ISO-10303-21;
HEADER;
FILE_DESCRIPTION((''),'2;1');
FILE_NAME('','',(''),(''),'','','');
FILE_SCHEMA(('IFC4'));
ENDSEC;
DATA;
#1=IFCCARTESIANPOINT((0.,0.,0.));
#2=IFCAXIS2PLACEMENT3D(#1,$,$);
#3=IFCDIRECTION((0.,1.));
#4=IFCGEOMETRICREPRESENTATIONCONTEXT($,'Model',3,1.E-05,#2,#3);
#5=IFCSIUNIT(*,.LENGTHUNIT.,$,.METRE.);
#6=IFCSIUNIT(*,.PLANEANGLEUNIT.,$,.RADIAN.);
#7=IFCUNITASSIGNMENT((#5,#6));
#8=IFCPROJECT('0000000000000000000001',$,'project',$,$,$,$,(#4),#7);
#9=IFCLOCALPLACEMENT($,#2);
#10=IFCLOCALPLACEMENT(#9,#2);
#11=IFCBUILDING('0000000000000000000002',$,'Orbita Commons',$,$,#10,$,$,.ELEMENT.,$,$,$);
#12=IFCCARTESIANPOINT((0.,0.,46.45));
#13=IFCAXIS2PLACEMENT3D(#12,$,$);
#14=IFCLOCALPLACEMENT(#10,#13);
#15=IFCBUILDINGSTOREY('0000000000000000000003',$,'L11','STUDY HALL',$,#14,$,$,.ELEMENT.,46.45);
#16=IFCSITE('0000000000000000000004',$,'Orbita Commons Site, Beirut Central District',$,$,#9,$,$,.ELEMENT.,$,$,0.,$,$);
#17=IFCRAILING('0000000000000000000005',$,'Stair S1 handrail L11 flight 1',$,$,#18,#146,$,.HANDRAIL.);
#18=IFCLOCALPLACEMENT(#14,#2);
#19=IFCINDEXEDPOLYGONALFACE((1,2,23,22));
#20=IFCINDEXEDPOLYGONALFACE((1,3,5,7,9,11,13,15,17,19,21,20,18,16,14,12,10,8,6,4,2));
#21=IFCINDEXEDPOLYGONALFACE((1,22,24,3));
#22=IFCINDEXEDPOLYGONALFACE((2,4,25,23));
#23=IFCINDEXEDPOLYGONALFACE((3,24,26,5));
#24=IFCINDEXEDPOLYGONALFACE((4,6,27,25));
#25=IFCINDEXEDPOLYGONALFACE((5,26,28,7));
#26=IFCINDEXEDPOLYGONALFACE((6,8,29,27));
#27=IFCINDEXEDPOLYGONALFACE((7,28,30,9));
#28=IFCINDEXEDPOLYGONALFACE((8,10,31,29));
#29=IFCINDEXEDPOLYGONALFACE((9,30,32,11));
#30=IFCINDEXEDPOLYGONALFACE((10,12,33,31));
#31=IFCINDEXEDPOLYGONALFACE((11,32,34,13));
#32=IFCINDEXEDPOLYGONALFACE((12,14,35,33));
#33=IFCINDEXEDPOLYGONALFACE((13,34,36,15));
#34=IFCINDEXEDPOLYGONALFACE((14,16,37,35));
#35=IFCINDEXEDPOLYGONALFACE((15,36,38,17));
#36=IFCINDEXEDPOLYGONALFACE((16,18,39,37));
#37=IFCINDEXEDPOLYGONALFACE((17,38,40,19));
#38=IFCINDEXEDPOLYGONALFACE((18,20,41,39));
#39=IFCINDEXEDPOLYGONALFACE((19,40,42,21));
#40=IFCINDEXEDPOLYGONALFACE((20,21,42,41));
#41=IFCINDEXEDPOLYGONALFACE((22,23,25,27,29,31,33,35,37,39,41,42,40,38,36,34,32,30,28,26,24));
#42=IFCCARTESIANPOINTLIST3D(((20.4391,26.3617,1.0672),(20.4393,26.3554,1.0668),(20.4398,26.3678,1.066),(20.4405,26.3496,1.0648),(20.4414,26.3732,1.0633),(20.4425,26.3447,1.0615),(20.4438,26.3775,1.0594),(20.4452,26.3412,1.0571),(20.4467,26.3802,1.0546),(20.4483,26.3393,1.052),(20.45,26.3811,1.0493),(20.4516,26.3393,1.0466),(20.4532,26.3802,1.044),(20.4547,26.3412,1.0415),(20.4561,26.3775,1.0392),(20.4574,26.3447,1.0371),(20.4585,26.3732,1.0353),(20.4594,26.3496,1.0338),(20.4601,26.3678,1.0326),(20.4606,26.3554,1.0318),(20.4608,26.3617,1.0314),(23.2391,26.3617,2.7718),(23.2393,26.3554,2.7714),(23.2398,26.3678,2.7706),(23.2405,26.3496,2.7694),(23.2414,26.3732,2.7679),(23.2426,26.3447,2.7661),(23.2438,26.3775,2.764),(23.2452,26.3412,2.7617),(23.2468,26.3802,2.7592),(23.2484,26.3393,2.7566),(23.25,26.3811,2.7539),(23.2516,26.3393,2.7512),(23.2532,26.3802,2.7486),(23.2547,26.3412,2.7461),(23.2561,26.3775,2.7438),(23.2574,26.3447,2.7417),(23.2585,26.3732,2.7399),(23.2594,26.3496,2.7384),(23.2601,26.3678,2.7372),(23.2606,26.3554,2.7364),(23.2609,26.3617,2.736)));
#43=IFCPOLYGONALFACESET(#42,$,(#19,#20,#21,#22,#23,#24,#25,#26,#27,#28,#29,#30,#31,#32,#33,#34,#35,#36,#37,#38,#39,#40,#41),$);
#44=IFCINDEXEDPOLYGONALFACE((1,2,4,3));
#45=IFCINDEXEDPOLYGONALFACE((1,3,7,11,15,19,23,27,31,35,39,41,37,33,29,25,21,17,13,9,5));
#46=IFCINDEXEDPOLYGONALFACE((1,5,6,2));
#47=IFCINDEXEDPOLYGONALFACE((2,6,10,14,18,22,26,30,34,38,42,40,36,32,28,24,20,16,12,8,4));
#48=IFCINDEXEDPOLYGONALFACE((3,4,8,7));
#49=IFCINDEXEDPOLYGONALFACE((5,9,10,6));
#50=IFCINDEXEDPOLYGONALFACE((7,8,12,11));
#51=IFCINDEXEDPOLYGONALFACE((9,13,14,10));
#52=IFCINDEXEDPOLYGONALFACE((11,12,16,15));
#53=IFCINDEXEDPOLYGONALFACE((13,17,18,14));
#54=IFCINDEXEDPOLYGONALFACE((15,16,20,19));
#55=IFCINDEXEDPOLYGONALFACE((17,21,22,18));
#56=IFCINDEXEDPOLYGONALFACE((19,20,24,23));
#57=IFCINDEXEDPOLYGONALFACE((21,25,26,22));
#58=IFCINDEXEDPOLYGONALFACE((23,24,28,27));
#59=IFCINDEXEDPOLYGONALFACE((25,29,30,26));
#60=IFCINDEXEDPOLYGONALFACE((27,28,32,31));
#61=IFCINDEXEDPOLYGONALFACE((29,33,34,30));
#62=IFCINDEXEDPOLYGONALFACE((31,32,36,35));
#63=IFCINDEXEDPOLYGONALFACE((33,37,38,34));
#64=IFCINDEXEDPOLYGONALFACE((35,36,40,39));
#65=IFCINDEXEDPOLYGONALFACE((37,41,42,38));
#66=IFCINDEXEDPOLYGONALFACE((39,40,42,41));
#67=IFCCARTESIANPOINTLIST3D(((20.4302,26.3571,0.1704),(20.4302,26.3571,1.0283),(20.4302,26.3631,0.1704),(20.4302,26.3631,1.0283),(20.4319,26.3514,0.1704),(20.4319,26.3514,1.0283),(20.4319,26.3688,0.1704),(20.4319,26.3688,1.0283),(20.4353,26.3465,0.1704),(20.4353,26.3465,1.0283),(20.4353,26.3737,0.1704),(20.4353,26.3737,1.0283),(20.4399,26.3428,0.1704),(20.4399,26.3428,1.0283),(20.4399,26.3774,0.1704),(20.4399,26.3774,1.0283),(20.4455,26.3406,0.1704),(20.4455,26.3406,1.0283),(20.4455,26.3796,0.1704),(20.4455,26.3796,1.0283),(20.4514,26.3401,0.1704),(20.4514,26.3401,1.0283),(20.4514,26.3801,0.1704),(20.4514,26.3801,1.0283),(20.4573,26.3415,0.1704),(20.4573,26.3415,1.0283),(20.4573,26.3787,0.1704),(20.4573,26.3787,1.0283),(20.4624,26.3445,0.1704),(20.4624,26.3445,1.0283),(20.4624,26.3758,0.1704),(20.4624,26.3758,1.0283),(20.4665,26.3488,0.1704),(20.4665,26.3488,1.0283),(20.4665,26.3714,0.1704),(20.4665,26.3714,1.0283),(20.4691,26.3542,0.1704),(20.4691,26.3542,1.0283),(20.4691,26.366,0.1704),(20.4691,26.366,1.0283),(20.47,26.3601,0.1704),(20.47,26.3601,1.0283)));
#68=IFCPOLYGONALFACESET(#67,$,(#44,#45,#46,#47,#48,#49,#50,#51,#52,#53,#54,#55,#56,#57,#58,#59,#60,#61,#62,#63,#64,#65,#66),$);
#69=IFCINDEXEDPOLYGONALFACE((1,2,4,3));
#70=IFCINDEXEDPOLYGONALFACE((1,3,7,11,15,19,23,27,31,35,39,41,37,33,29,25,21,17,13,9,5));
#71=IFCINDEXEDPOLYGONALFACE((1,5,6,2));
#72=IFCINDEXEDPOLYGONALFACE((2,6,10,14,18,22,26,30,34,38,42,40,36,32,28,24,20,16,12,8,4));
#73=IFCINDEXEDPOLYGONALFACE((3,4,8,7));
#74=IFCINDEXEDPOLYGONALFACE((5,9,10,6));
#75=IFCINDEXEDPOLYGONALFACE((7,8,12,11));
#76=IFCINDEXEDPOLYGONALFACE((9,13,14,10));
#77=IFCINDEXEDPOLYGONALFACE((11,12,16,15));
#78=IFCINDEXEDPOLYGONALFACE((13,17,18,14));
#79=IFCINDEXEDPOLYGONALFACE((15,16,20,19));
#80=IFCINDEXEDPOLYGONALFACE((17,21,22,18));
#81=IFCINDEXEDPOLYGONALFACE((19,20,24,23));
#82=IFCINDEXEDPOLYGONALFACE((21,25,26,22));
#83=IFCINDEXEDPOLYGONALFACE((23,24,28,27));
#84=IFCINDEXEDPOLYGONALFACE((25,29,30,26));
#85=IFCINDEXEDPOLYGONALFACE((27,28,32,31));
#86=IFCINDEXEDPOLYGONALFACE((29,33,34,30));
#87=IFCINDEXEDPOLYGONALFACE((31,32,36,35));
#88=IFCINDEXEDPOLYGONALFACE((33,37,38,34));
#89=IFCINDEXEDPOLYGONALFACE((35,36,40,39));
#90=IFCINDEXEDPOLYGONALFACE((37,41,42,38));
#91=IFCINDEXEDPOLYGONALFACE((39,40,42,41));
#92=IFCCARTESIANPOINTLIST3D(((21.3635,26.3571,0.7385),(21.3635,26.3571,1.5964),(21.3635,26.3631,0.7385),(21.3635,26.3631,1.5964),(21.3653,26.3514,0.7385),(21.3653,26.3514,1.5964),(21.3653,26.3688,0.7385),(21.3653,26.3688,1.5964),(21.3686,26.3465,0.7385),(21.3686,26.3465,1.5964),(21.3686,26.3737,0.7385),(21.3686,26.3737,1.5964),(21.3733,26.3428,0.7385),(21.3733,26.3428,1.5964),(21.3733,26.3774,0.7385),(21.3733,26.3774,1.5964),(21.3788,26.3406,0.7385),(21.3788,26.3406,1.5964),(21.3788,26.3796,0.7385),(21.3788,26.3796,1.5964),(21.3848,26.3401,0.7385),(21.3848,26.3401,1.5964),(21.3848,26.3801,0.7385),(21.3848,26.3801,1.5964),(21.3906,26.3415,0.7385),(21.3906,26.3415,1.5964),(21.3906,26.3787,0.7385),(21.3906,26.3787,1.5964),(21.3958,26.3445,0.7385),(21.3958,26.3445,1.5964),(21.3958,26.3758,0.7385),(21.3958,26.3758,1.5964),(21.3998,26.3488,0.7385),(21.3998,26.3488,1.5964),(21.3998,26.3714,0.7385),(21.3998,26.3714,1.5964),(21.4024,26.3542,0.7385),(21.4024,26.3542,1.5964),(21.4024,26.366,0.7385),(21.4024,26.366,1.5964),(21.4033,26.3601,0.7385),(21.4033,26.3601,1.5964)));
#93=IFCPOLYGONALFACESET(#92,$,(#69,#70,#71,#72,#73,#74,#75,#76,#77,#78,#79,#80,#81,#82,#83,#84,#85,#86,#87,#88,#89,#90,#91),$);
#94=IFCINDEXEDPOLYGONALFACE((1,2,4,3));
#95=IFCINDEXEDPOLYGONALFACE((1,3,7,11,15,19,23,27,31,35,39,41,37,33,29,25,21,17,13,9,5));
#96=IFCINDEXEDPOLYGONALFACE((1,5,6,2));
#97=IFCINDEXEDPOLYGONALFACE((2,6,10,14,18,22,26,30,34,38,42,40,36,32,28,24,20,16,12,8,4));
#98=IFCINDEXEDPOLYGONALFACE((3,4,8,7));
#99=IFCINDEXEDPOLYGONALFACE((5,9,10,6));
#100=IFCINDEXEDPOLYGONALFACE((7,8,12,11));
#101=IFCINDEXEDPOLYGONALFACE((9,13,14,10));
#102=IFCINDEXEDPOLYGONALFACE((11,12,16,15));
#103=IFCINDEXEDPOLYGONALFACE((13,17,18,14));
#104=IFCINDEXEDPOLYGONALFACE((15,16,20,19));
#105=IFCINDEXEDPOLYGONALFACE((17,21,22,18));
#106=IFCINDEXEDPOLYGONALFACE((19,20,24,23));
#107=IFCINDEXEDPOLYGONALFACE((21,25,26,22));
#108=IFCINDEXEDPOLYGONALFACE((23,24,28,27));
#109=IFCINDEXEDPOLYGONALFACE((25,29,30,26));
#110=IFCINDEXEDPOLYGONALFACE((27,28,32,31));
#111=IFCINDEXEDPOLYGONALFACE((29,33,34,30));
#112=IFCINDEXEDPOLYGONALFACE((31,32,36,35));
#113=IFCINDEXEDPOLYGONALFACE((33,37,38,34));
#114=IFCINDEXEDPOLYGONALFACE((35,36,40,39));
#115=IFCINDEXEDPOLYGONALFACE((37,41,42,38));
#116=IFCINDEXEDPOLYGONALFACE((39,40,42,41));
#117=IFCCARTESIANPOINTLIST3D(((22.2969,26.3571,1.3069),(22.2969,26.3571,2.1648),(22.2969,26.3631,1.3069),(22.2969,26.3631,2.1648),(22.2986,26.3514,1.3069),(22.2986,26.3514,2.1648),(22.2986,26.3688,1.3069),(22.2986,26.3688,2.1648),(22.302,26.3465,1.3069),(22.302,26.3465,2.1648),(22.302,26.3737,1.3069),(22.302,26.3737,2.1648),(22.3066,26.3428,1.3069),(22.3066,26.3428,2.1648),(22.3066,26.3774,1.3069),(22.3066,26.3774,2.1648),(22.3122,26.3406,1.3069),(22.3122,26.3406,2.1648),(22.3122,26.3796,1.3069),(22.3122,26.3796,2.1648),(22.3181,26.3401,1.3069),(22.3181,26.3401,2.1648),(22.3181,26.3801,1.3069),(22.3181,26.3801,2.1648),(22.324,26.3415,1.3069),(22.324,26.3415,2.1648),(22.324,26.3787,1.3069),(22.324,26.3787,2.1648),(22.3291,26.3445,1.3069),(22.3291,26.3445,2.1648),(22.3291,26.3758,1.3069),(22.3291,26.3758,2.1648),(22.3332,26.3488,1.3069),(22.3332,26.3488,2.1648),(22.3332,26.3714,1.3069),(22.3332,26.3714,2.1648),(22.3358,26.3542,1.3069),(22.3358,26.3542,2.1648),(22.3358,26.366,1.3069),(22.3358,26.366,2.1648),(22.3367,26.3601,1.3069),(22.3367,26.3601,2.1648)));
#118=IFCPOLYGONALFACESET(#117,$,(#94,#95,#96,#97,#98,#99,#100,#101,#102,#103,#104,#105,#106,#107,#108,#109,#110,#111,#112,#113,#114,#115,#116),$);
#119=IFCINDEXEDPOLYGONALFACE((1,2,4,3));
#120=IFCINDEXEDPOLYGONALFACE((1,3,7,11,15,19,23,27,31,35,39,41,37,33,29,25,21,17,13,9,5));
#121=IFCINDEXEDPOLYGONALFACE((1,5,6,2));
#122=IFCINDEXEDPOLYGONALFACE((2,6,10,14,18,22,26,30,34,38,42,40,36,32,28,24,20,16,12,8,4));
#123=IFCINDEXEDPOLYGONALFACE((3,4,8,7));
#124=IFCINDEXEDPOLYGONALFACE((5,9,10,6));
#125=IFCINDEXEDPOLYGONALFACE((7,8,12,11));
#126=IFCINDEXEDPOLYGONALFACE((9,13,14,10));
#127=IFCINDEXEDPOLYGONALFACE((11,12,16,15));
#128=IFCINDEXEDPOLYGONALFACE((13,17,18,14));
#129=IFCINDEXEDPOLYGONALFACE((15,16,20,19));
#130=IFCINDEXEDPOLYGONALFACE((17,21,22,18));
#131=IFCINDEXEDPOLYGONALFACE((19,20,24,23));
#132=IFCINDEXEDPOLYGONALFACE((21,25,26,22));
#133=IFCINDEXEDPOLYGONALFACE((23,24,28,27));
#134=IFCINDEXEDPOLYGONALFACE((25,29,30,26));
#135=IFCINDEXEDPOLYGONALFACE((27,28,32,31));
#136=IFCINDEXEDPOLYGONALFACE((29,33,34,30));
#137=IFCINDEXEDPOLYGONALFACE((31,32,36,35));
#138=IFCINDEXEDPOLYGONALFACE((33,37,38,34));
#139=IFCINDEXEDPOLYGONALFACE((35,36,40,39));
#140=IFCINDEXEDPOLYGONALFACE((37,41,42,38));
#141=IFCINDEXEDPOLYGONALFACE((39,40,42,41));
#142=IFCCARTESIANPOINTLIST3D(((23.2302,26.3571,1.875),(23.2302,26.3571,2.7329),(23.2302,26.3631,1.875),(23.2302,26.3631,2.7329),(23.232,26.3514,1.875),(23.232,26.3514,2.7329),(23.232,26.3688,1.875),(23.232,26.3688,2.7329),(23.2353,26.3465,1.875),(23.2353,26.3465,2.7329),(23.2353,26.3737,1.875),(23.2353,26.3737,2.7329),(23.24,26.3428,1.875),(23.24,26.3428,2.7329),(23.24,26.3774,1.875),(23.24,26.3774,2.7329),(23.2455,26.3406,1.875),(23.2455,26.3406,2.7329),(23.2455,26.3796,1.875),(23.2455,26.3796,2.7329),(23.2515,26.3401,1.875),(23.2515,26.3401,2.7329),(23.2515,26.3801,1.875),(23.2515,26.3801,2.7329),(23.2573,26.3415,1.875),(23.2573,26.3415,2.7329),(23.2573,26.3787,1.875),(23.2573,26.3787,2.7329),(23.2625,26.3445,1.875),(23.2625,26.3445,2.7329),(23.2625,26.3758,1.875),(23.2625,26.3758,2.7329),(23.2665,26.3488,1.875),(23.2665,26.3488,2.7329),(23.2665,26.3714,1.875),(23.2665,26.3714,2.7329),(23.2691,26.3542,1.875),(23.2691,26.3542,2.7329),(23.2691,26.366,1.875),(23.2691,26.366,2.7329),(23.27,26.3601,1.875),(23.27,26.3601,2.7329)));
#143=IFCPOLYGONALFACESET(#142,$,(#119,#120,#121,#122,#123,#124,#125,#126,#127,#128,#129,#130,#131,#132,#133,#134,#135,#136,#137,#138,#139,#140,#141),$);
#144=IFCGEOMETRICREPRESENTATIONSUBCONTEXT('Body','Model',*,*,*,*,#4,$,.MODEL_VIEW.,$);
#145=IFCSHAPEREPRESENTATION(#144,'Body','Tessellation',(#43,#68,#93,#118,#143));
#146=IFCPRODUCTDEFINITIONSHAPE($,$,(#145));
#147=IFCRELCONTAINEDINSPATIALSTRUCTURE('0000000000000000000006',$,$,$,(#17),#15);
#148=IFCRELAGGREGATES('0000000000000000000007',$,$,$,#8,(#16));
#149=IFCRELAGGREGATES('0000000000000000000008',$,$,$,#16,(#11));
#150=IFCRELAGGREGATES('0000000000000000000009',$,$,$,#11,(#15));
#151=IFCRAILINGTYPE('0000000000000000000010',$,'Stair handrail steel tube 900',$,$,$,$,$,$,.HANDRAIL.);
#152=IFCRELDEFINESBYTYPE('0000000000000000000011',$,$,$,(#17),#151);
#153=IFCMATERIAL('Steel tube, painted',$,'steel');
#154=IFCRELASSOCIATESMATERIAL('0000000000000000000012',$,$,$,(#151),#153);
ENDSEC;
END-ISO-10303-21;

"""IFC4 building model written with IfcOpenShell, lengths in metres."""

from ifc_helpers import new_model, si_unit, direction, frame, origin, origin_2d, place, context, subcontext, project, spatial, circle, extrude, material, type_object, element, save


model = new_model("IFC4")

# Units and contexts
model_context = context("Model", 3, precision=1e-05, world=origin(), true_north=direction((0.0, 1.0)))
body_context = subcontext(model_context, "Body", "Model", "MODEL_VIEW")
ifc_project = project(units=[si_unit("LENGTHUNIT", "METRE"), si_unit("PLANEANGLEUNIT", "RADIAN")], contexts=[model_context])

# Site, building, storey
site_placement = place(None, origin())
site = spatial("IfcSite", under=ifc_project, at=site_placement, Name="Orbita Commons Site, Beirut Central District", CompositionType="ELEMENT", RefElevation=0.0)
building_placement = place(site_placement, origin())
building = spatial("IfcBuilding", under=site, at=building_placement, Name="Orbita Commons", CompositionType="ELEMENT")
storey_placement = place(building_placement, frame((0.0, 0.0, 46.45)))
storey = spatial("IfcBuildingStorey", under=building, at=storey_placement, Name="L11", Description="STUDY HALL", CompositionType="ELEMENT", Elevation=46.45)

# Railing
ifc_material_1 = material(Name="Steel tube, painted", Category="steel")
railing_type = type_object("IfcRailingType", Name="Stair handrail steel tube 900", PredefinedType="HANDRAIL", material=ifc_material_1)
for number, where, name in (
    (1, (20.45, 26.3601, 0.1704), "Stair S1 handrail L11 flight 1"),
):
    element("IfcRailing", number, at=place(storey_placement, frame(where)), inside=storey, type_object=railing_type, Name=name, PredefinedType="HANDRAIL", context=body_context, shape_type="SweptSolid", body=[
        extrude(circle(Radius=0.021, at=origin_2d()), frame((0.0, 0.0, 0.8789), z_axis=(0.85417, 0.0, 0.519994), x_axis=(0.0, 1.0, 0.0)), (0.0, 0.0, 1.0), 3.2781),
        extrude(circle(Radius=0.02, at=origin_2d()), origin(), (0.0, 0.0, 1.0), 0.8579),
        extrude(circle(Radius=0.02, at=origin_2d()), frame((0.9333, 0.0, 0.5681)), (0.0, 0.0, 1.0), 0.8579),
        extrude(circle(Radius=0.02, at=origin_2d()), frame((1.8667, 0.0, 1.1365)), (0.0, 0.0, 1.0), 0.8579),
        extrude(circle(Radius=0.02, at=origin_2d()), frame((2.8, 0.0, 1.7046)), (0.0, 0.0, 1.0), 0.8579),
    ])

save(model, "model.ifc")
